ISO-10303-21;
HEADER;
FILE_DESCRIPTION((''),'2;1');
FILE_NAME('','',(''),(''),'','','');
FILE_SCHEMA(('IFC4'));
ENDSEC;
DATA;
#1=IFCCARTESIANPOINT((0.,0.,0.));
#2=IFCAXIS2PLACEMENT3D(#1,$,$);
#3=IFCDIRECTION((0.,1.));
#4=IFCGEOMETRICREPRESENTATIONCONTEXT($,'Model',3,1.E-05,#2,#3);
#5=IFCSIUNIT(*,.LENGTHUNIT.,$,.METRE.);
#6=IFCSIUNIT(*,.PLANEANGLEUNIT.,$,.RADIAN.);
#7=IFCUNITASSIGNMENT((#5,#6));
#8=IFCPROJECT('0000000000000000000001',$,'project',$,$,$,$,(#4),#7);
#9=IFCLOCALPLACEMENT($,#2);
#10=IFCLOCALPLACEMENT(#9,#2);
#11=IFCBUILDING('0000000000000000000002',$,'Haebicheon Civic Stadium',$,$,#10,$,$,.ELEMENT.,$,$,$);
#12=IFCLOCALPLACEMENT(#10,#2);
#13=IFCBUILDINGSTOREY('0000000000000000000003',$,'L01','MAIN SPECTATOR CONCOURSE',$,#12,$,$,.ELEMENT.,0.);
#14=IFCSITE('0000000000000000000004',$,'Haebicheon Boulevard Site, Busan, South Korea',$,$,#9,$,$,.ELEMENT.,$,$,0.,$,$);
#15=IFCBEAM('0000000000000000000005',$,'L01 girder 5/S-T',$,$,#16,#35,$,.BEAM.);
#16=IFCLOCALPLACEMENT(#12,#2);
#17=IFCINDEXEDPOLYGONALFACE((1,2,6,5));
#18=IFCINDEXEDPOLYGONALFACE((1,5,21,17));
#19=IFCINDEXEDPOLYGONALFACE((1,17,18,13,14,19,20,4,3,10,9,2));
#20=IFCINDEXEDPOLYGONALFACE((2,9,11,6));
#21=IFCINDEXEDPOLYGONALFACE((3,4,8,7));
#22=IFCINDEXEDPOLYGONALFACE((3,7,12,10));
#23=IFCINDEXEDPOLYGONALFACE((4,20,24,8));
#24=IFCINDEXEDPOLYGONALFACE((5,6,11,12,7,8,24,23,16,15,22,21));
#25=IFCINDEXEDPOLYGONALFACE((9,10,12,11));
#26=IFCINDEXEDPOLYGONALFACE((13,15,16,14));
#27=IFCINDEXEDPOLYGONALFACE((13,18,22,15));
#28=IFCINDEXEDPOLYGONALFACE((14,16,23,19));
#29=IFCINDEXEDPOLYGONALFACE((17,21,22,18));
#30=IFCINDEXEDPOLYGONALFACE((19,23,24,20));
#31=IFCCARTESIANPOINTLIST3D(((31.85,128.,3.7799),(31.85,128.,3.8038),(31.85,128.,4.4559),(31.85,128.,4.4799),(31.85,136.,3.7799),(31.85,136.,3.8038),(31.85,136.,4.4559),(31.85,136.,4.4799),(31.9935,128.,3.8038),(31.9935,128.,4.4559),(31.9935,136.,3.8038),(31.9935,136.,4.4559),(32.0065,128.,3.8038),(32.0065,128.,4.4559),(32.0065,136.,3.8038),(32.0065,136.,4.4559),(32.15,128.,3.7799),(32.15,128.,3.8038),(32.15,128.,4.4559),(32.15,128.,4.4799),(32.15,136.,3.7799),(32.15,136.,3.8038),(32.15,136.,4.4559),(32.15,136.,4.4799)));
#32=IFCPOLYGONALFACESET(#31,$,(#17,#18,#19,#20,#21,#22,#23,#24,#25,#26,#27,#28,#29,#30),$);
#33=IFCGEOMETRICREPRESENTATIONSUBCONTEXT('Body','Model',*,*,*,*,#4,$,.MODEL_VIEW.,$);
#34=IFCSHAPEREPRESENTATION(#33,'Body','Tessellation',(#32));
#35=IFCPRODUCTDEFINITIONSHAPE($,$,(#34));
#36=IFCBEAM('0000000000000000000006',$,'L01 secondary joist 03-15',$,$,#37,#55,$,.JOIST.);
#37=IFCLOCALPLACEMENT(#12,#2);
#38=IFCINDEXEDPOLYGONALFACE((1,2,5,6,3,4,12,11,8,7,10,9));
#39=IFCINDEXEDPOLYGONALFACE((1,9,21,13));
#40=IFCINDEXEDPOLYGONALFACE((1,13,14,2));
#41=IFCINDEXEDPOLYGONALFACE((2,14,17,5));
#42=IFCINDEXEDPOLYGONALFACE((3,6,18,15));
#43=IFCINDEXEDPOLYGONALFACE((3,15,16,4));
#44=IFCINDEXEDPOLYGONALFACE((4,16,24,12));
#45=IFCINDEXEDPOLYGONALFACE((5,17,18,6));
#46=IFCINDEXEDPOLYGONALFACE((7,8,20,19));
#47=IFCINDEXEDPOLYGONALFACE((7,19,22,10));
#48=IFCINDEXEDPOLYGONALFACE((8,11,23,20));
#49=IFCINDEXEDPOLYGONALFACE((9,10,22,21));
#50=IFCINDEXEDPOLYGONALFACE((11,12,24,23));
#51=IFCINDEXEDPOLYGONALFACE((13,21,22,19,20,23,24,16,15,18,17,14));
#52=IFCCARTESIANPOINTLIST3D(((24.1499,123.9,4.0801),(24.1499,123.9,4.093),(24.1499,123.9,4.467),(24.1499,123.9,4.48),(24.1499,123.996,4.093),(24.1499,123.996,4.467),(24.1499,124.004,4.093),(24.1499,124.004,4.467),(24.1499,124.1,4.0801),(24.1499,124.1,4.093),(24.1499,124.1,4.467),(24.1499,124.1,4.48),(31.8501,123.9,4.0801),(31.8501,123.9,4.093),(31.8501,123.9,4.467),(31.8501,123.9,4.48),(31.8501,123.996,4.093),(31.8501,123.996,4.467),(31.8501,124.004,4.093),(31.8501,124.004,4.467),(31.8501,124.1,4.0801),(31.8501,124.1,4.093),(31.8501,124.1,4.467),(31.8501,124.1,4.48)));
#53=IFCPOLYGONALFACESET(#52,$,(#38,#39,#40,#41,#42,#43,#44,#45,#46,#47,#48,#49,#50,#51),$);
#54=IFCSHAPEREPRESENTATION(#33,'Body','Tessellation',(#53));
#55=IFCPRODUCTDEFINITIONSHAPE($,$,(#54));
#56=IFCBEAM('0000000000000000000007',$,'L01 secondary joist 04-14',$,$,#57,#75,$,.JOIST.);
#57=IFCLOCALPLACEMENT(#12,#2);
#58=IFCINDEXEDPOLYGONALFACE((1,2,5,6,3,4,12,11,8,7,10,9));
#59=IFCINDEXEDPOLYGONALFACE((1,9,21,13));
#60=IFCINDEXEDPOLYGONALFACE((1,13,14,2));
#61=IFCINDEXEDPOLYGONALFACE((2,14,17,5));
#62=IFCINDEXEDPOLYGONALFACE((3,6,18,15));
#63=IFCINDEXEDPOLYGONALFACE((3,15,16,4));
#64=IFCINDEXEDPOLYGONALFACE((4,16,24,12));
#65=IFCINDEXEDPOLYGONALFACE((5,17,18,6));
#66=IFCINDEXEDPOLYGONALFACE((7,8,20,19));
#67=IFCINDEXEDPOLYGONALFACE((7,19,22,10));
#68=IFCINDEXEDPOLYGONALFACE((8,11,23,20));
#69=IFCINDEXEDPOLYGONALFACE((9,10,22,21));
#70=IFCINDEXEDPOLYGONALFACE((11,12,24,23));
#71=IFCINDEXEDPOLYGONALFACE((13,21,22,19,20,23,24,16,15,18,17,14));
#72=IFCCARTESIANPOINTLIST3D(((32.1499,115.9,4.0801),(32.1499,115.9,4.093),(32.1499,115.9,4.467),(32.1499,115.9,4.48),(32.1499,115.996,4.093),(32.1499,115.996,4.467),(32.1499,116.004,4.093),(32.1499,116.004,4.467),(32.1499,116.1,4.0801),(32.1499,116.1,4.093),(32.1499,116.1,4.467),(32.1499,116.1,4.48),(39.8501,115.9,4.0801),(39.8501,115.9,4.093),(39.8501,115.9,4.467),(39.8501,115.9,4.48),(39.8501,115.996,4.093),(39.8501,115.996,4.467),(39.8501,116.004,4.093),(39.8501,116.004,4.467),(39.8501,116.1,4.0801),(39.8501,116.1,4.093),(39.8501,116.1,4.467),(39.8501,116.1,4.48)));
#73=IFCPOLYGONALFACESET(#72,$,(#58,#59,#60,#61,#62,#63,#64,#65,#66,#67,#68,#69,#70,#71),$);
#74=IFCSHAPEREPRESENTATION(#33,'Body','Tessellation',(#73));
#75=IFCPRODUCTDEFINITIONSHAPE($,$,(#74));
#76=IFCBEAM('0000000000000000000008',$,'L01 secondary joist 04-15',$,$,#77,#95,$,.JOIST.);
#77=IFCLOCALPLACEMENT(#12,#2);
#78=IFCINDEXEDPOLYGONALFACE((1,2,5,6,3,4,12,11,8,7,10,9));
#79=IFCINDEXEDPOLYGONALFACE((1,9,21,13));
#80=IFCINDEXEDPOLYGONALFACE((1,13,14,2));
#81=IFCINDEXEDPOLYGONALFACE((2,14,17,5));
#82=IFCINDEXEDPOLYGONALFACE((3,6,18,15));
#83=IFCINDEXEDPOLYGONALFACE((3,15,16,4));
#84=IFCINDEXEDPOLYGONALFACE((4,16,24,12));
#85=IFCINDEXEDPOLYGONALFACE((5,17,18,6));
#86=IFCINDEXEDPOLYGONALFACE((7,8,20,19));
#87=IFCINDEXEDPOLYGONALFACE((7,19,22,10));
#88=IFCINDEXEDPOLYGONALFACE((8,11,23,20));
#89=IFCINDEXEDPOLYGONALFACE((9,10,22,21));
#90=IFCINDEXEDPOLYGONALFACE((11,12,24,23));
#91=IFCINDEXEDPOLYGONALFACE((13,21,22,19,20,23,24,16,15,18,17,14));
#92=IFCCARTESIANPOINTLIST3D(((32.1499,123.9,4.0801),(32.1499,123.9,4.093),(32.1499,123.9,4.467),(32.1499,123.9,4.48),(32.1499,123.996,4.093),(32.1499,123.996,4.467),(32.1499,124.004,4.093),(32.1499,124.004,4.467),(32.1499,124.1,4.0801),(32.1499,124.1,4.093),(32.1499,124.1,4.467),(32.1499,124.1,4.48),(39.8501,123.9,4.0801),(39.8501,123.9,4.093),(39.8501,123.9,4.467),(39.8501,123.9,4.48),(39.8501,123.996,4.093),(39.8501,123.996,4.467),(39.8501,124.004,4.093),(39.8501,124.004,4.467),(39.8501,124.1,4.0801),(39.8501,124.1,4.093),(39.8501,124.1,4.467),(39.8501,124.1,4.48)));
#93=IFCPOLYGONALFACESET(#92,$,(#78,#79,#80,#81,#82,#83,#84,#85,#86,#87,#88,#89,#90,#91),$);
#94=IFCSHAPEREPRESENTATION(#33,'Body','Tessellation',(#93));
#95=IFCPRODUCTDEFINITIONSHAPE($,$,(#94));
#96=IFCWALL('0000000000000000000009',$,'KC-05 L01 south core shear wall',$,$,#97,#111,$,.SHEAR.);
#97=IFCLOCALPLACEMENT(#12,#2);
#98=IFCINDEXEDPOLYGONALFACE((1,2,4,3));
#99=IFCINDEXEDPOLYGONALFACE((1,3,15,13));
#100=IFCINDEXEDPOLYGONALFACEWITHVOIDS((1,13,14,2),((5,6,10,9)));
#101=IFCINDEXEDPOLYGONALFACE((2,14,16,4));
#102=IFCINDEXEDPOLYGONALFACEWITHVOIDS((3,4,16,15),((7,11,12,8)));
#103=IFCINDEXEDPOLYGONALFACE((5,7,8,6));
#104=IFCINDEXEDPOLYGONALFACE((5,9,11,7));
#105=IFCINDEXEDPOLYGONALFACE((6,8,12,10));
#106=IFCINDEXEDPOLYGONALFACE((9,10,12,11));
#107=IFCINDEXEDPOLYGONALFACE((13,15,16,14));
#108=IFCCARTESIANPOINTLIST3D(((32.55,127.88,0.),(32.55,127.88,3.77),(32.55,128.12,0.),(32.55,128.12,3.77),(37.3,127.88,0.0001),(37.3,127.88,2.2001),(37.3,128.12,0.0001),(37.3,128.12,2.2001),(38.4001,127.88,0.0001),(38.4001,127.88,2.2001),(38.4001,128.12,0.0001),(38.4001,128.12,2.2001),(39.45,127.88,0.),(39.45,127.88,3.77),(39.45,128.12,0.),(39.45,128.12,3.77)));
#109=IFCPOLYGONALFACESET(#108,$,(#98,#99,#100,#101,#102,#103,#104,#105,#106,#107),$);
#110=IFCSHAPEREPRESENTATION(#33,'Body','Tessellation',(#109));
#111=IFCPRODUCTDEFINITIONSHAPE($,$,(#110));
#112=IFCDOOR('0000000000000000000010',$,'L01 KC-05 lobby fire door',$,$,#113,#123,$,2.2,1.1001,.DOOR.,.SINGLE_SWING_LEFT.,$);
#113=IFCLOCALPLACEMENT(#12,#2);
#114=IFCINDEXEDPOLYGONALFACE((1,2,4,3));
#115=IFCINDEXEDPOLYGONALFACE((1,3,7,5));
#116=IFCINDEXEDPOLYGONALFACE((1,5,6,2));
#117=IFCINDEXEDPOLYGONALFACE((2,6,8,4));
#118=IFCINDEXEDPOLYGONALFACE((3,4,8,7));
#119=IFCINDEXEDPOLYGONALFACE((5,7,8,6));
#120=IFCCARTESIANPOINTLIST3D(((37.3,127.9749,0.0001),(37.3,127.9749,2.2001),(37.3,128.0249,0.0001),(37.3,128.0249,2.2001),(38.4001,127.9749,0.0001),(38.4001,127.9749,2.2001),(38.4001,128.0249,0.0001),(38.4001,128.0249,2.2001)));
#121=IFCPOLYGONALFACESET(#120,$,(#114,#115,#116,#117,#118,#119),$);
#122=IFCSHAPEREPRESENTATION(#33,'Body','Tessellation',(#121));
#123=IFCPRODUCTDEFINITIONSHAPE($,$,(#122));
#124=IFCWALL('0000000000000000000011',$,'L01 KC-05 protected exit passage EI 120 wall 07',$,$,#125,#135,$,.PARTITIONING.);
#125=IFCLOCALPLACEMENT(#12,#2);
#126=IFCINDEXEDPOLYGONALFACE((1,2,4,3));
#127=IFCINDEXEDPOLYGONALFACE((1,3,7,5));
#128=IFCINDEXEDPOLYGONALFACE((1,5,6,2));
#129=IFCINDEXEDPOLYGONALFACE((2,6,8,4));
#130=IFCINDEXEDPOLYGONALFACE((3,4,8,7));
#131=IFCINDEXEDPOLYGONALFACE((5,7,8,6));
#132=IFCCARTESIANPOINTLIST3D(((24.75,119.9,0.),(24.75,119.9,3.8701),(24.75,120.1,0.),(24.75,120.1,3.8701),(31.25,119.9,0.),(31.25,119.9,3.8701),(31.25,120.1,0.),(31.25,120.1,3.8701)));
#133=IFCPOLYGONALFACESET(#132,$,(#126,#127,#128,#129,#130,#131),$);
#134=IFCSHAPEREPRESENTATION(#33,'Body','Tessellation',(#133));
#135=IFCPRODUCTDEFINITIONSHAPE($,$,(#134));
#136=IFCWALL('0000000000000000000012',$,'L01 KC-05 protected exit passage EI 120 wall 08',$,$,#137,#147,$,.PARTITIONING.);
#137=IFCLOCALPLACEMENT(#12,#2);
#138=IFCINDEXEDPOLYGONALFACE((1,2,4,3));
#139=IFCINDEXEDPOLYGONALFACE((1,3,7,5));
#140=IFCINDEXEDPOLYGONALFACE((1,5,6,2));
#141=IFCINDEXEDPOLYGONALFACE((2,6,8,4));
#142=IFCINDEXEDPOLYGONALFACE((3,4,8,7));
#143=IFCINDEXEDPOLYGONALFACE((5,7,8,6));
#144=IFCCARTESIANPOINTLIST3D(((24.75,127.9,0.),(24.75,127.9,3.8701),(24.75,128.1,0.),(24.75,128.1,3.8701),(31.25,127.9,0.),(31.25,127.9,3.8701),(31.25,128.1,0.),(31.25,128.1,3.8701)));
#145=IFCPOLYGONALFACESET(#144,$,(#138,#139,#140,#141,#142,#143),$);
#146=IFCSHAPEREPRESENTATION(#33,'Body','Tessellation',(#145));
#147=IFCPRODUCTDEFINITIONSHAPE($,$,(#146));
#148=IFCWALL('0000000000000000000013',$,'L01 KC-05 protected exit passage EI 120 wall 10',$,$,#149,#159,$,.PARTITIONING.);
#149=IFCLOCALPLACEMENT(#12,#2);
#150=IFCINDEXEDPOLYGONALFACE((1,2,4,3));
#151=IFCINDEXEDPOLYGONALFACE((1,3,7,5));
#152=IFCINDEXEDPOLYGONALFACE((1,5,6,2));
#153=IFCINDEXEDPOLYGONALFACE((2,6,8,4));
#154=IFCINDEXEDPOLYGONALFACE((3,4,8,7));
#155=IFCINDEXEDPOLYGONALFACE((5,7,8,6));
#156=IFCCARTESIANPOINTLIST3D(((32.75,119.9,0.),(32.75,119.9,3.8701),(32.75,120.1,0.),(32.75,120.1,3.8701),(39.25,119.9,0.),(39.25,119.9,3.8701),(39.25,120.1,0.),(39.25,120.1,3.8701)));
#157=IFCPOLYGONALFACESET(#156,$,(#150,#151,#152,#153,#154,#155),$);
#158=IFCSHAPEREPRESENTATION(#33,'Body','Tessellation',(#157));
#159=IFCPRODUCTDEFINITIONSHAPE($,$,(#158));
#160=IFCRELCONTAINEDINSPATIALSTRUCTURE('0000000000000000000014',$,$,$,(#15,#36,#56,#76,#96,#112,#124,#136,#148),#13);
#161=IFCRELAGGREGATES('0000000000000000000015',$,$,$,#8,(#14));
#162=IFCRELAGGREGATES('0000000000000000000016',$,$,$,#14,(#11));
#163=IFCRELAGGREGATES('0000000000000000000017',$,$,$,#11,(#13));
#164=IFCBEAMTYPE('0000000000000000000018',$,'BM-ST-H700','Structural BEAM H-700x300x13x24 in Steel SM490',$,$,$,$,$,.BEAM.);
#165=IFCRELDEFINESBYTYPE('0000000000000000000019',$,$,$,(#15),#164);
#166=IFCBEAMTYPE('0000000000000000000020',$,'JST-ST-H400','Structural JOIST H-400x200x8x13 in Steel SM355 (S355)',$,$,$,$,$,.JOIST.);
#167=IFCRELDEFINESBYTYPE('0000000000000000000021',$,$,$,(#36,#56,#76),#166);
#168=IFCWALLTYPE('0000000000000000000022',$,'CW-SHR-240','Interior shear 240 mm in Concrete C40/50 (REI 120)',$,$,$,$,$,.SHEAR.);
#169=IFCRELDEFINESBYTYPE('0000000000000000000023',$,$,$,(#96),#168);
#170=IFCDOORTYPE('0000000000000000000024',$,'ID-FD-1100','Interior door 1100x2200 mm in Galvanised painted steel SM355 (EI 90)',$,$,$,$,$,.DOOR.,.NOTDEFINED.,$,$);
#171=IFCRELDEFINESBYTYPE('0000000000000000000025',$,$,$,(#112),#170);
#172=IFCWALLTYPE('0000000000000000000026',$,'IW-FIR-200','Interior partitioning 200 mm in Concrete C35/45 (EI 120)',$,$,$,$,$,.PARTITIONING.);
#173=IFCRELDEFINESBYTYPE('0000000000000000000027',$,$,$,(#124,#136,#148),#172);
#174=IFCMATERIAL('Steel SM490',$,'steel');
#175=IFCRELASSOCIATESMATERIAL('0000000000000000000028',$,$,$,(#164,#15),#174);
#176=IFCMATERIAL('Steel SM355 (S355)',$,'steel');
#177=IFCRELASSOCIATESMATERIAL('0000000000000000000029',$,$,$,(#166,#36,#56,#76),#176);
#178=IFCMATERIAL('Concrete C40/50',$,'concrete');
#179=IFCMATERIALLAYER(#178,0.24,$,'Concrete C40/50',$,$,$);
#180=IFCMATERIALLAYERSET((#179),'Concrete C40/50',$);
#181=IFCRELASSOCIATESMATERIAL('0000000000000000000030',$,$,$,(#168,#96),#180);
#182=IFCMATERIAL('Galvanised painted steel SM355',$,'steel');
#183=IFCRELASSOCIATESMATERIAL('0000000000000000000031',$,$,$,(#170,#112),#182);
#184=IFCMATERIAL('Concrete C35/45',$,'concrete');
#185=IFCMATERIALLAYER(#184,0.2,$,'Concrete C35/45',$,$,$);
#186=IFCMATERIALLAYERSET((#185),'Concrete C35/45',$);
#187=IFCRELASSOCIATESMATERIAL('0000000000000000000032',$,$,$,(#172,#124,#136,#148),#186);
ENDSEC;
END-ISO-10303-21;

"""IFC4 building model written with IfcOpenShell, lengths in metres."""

from ifc_helpers import new_model, si_unit, direction, frame, frame_2d, origin, origin_2d, place, context, subcontext, project, spatial, rectangle, i_section, extrude, material, layer, layer_set, material_profile, profile_set, type_object, element, fill, save


model = new_model("IFC4")

# Units and contexts
model_context = context("Model", 3, precision=1e-05, world=origin(), true_north=direction((0.0, 1.0)))
body_context = subcontext(model_context, "Body", "Model", "MODEL_VIEW")
ifc_project = project(units=[si_unit("LENGTHUNIT", "METRE"), si_unit("PLANEANGLEUNIT", "RADIAN")], contexts=[model_context])

# Site, building, storey
site_placement = place(None, origin())
site = spatial("IfcSite", under=ifc_project, at=site_placement, Name="Haebicheon Boulevard Site, Busan, South Korea", CompositionType="ELEMENT", RefElevation=0.0)
building_placement = place(site_placement, origin())
building = spatial("IfcBuilding", under=site, at=building_placement, Name="Haebicheon Civic Stadium", CompositionType="ELEMENT")
storey_placement = place(building_placement, origin())
storey = spatial("IfcBuildingStorey", under=building, at=storey_placement, Name="L01", Description="MAIN SPECTATOR CONCOURSE", CompositionType="ELEMENT", Elevation=0.0)

# Beams
ifc_material_1 = material(Name="Steel SM490", Category="steel")
ifc_material_profile_1 = material_profile(ifc_material_1, i_section(OverallWidth=0.3, OverallDepth=0.7, WebThickness=0.0129, FlangeThickness=0.0239, at=origin_2d()), Name="H-700x300x13x24")
ifc_profile_set_1 = profile_set([ifc_material_profile_1], Name="Steel SM490")
beam_type_1 = type_object("IfcBeamType", Name="BM-ST-H700", Description="Structural BEAM H-700x300x13x24 in Steel SM490", PredefinedType="BEAM", material=ifc_profile_set_1)
for number, where, z_axis, x_axis, name in (
    (1, (32.0, 128.0, 4.1299), (0.0, 1.0, 0.0), (-1.0, 0.0, 0.0), "L01 girder 5/S-T"),
):
    element("IfcBeam", number, at=place(storey_placement, frame(where, z_axis=z_axis, x_axis=x_axis)), inside=storey, type_object=beam_type_1, material=ifc_profile_set_1, Name=name, PredefinedType="BEAM", context=body_context, shape_type="SweptSolid", body=[
        extrude(i_section(OverallWidth=0.3, OverallDepth=0.7, WebThickness=0.0129, FlangeThickness=0.0239, at=origin_2d()), origin(), (0.0, 0.0, 1.0), 8.0),
    ])
ifc_material_2 = material(Name="Steel SM355 (S355)", Category="steel")
ifc_material_profile_2 = material_profile(ifc_material_2, i_section(OverallWidth=0.2, OverallDepth=0.3999, WebThickness=0.0081, FlangeThickness=0.0129, at=origin_2d()), Name="H-400x200x8x13")
ifc_profile_set_2 = profile_set([ifc_material_profile_2], Name="Steel SM355 (S355)")
beam_type_2 = type_object("IfcBeamType", Name="JST-ST-H400", Description="Structural JOIST H-400x200x8x13 in Steel SM355 (S355)", PredefinedType="JOIST", material=ifc_profile_set_2)
for number, where, z_axis, x_axis, name in (
    (2, (24.1499, 124.0, 4.28), (1.0, 0.0, 0.0), (0.0, 1.0, 0.0), "L01 secondary joist 03-15"),
    (3, (32.1499, 116.0, 4.28), (1.0, 0.0, 0.0), (0.0, 1.0, 0.0), "L01 secondary joist 04-14"),
    (4, (32.1499, 124.0, 4.28), (1.0, 0.0, 0.0), (0.0, 1.0, 0.0), "L01 secondary joist 04-15"),
):
    element("IfcBeam", number, at=place(storey_placement, frame(where, z_axis=z_axis, x_axis=x_axis)), inside=storey, type_object=beam_type_2, material=ifc_profile_set_2, Name=name, PredefinedType="JOIST", context=body_context, shape_type="SweptSolid", body=[
        extrude(i_section(OverallWidth=0.2, OverallDepth=0.3999, WebThickness=0.0081, FlangeThickness=0.0129, at=origin_2d()), origin(), (0.0, 0.0, 1.0), 7.7002),
    ])

# Wall, opening, door
ifc_material_3 = material(Name="Concrete C40/50", Category="concrete")
ifc_layer_1 = layer(ifc_material_3, 0.24, Name="Concrete C40/50")
ifc_layer_set_1 = layer_set([ifc_layer_1], Name="Concrete C40/50")
wall_type_1 = type_object("IfcWallType", Name="CW-SHR-240", Description="Interior shear 240 mm in Concrete C40/50 (REI 120)", PredefinedType="SHEAR", material=ifc_layer_set_1)
wall_placement = place(storey_placement, frame((32.55, 128.0, 0.0), z_axis=(0.0, 0.0, 1.0), x_axis=(1.0, 0.0, 0.0)))
wall = element("IfcWall", 5, at=wall_placement, inside=storey, type_object=wall_type_1, material=ifc_layer_set_1, Name="KC-05 L01 south core shear wall", PredefinedType="SHEAR", context=body_context, shape_type="SweptSolid", body=[
    extrude(rectangle(XDim=6.8999, YDim=0.24, at=frame_2d((3.45, 0.0))), origin(), (0.0, 0.0, 1.0), 3.77),
])
opening_placement = place(wall_placement, frame((4.75, 0.0, 0.0)))
opening = element("IfcOpeningElement", 6, at=opening_placement, cuts=wall, PredefinedType="OPENING", context=body_context, shape_type="SweptSolid", body=[
    extrude(rectangle(XDim=1.1001, YDim=2.2, at=frame_2d((0.55, 1.1001))), frame((0.0, 0.1299, 0.0), z_axis=(0.0, -1.0, 0.0), x_axis=(1.0, 0.0, 0.0)), (0.0, 0.0, 1.0), 0.26),
])
ifc_material_4 = material(Name="Galvanised painted steel SM355", Category="steel")
door_type = type_object("IfcDoorType", Name="ID-FD-1100", Description="Interior door 1100x2200 mm in Galvanised painted steel SM355 (EI 90)", OperationType="NOTDEFINED", PredefinedType="DOOR", material=ifc_material_4)
door_placement = place(opening_placement, origin())
door = element("IfcDoor", 7, at=door_placement, inside=storey, type_object=door_type, material=ifc_material_4, Name="L01 KC-05 lobby fire door", OperationType="SINGLE_SWING_LEFT", OverallHeight=2.2, OverallWidth=1.1001, PredefinedType="DOOR", context=body_context, shape_type="SweptSolid", body=[
    extrude(rectangle(XDim=1.1001, YDim=2.2, at=frame_2d((0.55, 1.1001))), frame((0.0, 0.0249, 0.0), z_axis=(0.0, -1.0, 0.0), x_axis=(1.0, 0.0, 0.0)), (0.0, 0.0, 1.0), 0.05),
])
fill(opening, door)

# Walls
ifc_material_5 = material(Name="Concrete C35/45", Category="concrete")
ifc_layer_2 = layer(ifc_material_5, 0.2, Name="Concrete C35/45")
ifc_layer_set_2 = layer_set([ifc_layer_2], Name="Concrete C35/45")
wall_type_2 = type_object("IfcWallType", Name="IW-FIR-200", Description="Interior partitioning 200 mm in Concrete C35/45 (EI 120)", PredefinedType="PARTITIONING", material=ifc_layer_set_2)
for number, where, z_axis, x_axis, name in (
    (8, (24.75, 120.0, 0.0), (0.0, 0.0, 1.0), (1.0, 0.0, 0.0), "L01 KC-05 protected exit passage EI 120 wall 07"),
    (9, (24.75, 128.0, 0.0), (0.0, 0.0, 1.0), (1.0, 0.0, 0.0), "L01 KC-05 protected exit passage EI 120 wall 08"),
    (10, (32.75, 120.0, 0.0), (0.0, 0.0, 1.0), (1.0, 0.0, 0.0), "L01 KC-05 protected exit passage EI 120 wall 10"),
):
    element("IfcWall", number, at=place(storey_placement, frame(where, z_axis=z_axis, x_axis=x_axis)), inside=storey, type_object=wall_type_2, material=ifc_layer_set_2, Name=name, PredefinedType="PARTITIONING", context=body_context, shape_type="SweptSolid", body=[
        extrude(rectangle(XDim=6.5, YDim=0.2, at=frame_2d((3.25, 0.0))), origin(), (0.0, 0.0, 1.0), 3.8701),
    ])

save(model, "model.ifc")
